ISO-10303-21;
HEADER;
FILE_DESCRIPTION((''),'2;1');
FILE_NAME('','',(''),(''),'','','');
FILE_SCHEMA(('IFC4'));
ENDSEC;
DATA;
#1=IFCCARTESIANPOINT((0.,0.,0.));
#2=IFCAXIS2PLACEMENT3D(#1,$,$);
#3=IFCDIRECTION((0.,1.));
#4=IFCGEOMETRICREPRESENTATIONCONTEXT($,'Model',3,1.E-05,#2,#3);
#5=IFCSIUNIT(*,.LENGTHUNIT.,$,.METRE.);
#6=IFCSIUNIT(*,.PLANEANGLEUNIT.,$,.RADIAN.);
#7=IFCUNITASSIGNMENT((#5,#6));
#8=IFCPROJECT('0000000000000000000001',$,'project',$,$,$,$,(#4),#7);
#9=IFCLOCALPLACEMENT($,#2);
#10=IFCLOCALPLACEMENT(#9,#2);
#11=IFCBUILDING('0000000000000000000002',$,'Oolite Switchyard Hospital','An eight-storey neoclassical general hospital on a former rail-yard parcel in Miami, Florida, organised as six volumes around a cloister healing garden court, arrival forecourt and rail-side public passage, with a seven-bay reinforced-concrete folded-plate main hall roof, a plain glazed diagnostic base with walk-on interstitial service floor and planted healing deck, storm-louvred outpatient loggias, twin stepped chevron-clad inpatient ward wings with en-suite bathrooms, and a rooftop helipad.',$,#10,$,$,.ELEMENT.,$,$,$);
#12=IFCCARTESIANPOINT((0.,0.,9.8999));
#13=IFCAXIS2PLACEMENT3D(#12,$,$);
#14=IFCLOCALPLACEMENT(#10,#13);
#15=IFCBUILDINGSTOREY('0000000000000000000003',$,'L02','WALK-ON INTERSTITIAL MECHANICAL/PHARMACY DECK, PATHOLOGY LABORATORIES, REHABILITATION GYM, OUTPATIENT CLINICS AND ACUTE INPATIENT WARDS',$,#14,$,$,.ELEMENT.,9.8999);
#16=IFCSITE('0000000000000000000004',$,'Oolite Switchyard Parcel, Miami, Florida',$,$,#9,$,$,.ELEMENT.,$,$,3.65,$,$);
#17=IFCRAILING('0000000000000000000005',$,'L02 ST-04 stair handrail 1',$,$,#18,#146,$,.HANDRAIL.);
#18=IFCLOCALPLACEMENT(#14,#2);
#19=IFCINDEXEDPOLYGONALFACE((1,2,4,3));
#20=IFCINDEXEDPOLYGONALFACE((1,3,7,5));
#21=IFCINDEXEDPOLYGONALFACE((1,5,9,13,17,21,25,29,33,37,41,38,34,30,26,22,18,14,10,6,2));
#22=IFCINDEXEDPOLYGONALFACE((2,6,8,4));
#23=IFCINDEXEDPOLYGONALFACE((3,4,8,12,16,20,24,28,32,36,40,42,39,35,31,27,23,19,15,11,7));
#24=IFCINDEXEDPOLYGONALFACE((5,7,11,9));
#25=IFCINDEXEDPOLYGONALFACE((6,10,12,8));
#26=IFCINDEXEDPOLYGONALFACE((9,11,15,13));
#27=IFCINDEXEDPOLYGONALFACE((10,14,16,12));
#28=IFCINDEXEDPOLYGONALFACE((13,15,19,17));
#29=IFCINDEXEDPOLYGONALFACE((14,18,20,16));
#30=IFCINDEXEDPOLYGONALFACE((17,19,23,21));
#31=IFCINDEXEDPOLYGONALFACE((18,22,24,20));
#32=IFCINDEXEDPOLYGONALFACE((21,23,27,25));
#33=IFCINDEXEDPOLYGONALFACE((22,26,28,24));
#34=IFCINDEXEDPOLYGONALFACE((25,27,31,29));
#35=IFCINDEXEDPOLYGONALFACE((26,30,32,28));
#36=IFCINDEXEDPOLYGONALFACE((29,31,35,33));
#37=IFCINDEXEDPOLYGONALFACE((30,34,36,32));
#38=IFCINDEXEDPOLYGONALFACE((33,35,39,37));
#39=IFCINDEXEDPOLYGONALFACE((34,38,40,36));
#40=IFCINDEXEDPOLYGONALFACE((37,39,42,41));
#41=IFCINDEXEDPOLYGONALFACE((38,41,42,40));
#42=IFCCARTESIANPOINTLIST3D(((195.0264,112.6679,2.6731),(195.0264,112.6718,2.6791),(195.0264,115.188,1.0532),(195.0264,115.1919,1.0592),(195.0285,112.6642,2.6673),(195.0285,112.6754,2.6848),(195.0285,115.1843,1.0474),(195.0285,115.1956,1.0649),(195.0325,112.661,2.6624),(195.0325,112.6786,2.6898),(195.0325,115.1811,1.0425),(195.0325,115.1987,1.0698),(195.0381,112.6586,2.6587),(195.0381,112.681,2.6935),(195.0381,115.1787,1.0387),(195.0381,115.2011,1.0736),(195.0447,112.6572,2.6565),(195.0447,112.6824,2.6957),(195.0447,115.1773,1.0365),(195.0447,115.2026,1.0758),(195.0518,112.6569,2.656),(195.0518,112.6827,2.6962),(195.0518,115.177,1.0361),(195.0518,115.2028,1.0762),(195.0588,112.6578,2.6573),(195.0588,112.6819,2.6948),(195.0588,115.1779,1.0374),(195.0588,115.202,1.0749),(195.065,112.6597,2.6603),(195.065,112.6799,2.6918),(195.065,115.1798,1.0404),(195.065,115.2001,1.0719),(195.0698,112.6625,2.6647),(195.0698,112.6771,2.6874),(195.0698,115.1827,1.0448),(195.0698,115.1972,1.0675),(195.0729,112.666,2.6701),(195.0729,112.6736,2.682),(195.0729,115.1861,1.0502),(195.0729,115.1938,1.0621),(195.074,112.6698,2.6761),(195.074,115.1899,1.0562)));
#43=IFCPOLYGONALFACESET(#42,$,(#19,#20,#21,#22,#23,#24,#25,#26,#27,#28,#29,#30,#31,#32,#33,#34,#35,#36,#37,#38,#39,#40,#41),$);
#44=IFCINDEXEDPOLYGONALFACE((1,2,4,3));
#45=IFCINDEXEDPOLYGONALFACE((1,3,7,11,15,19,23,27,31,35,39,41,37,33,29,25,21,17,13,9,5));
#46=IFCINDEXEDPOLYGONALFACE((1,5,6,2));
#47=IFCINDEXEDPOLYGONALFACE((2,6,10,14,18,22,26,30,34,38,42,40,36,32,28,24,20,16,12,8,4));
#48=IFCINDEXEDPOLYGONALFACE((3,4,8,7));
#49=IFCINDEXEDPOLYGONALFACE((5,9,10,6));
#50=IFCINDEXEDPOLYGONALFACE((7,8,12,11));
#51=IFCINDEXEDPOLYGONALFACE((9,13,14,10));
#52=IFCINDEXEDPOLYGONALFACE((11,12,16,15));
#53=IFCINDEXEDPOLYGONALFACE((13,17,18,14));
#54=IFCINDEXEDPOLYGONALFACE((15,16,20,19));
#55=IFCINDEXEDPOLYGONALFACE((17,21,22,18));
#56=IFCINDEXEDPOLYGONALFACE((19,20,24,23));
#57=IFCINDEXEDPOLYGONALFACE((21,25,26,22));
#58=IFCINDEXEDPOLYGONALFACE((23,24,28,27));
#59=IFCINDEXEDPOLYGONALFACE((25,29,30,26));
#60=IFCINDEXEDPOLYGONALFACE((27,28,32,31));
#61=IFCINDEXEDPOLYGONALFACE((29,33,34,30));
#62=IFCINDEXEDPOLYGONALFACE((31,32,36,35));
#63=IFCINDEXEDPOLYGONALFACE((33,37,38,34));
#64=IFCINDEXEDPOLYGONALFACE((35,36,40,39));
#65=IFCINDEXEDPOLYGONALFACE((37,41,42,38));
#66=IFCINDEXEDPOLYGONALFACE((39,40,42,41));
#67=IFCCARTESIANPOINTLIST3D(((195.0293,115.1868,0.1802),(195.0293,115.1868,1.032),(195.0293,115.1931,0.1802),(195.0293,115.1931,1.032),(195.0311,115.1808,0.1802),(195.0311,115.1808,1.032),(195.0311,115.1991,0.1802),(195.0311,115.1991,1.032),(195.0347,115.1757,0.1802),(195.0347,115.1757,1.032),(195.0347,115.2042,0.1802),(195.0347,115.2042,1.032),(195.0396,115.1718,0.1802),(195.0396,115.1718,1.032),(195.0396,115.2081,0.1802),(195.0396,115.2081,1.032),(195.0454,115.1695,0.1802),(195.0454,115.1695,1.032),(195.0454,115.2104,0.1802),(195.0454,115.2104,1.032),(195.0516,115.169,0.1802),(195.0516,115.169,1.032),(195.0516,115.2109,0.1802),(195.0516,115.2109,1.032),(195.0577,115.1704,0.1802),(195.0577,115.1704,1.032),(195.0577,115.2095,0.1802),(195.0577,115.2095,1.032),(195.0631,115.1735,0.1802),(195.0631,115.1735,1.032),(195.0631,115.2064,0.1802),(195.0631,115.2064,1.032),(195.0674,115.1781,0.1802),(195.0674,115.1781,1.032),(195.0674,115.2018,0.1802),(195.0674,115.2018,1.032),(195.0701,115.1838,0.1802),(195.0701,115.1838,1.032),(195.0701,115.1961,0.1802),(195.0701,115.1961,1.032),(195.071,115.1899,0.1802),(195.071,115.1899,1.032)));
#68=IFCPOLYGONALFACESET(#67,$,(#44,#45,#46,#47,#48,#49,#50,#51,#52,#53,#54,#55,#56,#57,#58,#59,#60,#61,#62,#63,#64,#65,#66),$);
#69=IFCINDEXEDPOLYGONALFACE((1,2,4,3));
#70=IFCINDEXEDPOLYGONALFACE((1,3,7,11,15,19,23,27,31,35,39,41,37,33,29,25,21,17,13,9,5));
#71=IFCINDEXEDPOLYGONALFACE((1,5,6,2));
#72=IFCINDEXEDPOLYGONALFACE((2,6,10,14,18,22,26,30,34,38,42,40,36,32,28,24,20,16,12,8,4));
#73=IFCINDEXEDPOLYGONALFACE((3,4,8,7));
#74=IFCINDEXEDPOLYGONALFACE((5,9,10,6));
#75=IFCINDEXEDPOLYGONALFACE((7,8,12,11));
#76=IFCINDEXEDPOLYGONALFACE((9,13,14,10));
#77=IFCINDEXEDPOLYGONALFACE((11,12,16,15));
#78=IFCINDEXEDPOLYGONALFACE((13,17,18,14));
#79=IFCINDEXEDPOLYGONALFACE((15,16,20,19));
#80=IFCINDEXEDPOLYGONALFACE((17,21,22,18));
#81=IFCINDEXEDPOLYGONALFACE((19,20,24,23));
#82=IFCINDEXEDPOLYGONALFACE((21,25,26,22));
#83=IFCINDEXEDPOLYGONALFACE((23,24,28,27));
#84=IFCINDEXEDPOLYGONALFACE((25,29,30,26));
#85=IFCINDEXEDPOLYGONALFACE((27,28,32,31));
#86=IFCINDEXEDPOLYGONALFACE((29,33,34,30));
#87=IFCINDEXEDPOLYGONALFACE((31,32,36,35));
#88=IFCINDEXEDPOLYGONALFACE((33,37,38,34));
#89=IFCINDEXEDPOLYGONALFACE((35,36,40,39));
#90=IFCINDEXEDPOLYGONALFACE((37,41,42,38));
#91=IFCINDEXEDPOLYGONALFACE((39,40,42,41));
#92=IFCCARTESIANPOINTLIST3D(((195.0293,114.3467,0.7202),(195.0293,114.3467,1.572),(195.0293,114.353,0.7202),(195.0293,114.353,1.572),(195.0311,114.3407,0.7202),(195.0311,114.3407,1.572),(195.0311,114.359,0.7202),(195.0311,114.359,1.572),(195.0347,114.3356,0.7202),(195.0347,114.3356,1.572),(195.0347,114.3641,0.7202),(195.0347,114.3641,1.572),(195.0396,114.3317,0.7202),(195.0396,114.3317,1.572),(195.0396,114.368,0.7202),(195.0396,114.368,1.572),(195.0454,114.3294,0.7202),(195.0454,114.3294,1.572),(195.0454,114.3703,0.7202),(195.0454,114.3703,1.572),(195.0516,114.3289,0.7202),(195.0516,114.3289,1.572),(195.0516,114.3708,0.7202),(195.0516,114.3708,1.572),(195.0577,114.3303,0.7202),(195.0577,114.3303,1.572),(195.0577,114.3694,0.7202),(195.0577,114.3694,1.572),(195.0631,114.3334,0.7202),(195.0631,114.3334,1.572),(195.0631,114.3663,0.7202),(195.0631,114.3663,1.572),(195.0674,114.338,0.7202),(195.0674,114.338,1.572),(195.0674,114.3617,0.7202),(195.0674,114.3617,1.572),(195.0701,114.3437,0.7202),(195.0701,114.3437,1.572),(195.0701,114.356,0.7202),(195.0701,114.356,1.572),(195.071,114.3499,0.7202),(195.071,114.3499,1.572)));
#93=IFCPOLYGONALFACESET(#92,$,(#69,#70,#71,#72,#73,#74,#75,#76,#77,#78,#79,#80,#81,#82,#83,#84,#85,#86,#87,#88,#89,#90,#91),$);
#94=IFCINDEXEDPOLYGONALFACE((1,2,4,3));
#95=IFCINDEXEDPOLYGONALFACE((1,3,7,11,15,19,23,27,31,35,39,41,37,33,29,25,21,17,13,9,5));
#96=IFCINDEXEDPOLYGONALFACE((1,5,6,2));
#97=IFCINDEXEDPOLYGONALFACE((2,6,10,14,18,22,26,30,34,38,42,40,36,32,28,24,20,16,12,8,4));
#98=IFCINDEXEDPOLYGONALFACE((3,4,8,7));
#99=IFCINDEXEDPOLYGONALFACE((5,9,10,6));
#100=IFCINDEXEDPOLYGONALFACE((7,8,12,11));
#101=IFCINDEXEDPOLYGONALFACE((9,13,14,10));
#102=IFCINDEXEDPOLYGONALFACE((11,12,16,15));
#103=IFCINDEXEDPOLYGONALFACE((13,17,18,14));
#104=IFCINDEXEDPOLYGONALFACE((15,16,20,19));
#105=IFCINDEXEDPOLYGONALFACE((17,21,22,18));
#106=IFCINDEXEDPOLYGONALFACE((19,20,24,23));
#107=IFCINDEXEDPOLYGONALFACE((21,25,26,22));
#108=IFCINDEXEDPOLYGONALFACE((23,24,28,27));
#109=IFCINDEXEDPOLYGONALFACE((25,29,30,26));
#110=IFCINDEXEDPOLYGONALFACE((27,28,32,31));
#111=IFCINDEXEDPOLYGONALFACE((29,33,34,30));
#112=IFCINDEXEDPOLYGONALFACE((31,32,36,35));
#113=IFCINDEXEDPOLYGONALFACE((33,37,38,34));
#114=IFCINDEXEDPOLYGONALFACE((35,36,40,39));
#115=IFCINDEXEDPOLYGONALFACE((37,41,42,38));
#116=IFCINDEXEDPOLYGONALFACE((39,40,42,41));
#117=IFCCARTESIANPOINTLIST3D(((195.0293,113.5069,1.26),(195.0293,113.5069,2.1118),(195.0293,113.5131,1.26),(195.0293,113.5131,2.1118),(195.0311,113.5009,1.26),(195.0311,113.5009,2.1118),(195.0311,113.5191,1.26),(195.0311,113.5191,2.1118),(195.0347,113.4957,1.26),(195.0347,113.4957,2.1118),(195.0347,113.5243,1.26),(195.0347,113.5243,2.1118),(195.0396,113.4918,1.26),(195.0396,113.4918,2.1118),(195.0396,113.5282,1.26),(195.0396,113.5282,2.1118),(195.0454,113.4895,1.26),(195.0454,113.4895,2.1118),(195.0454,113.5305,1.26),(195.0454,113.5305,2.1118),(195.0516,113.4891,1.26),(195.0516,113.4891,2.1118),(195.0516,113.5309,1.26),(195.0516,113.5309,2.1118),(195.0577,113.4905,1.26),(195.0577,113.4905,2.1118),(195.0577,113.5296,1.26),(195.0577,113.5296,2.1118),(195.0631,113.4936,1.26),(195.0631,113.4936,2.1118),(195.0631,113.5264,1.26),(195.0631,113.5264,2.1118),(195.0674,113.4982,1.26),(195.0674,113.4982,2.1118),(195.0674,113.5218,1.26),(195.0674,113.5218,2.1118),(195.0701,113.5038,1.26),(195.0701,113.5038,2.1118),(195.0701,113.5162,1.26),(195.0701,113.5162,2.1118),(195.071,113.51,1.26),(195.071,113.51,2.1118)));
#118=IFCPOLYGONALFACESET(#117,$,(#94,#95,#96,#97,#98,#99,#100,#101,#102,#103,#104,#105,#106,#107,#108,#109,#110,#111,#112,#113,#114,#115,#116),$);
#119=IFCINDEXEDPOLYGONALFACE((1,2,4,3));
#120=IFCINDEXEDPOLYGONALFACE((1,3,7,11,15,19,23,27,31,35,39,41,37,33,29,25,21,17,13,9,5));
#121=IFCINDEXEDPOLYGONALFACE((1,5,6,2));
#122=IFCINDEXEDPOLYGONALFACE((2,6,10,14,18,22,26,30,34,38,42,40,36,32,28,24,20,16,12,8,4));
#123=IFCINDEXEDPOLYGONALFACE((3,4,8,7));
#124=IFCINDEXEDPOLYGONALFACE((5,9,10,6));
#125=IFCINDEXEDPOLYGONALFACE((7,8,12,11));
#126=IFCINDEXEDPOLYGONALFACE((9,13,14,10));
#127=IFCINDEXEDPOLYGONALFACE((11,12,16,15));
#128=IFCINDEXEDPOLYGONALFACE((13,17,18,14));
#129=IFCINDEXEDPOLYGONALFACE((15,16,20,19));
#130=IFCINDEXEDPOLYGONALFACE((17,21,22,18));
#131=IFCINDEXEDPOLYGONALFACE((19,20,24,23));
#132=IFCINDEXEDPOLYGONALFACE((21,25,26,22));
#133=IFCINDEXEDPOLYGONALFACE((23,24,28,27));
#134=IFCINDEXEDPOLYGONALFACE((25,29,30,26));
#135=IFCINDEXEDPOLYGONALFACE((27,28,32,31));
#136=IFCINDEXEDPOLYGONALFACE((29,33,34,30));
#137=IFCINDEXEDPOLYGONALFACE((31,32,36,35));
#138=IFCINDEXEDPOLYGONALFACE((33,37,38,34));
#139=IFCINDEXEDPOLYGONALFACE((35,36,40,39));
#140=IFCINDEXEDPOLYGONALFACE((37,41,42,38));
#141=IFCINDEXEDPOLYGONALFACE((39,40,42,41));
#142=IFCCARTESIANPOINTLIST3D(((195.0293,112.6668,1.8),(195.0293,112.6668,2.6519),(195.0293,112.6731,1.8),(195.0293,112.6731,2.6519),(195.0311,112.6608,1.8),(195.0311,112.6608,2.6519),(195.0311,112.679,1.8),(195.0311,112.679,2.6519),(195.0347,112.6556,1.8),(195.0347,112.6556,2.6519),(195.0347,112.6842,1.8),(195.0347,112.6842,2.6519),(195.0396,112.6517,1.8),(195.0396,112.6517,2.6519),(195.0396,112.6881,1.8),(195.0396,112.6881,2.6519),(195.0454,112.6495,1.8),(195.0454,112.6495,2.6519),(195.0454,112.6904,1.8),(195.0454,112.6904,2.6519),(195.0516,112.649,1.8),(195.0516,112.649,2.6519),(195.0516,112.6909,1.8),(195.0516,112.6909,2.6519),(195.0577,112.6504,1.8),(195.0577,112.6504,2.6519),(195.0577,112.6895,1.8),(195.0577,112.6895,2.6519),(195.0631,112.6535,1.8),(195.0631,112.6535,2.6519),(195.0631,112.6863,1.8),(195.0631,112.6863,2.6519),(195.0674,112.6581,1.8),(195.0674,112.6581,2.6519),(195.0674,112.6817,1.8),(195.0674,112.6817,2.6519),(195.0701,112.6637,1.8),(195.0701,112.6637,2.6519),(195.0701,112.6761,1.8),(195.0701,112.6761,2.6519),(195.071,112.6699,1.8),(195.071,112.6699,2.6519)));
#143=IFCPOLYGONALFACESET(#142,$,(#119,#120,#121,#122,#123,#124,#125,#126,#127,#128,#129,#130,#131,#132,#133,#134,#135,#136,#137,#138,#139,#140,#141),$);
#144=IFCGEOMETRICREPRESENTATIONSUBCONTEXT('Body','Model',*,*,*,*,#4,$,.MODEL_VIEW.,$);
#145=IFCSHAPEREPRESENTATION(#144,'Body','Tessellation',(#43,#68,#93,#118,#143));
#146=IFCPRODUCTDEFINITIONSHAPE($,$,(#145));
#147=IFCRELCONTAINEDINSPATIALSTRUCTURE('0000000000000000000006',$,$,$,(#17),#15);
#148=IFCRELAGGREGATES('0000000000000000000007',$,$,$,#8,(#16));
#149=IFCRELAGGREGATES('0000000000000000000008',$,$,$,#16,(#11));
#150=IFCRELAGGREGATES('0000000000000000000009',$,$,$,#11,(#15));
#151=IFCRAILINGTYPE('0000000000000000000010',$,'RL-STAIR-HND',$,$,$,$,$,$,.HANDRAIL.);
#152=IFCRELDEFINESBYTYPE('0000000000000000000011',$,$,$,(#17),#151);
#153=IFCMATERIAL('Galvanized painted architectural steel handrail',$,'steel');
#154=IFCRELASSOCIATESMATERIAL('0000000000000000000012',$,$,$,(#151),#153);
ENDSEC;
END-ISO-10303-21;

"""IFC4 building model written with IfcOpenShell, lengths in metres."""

from ifc_helpers import new_model, si_unit, direction, frame, origin, origin_2d, place, context, subcontext, project, spatial, circle, extrude, material, type_object, element, save


model = new_model("IFC4")

# Units and contexts
model_context = context("Model", 3, precision=1e-05, world=origin(), true_north=direction((0.0, 1.0)))
body_context = subcontext(model_context, "Body", "Model", "MODEL_VIEW")
ifc_project = project(units=[si_unit("LENGTHUNIT", "METRE"), si_unit("PLANEANGLEUNIT", "RADIAN")], contexts=[model_context])

# Site, building, storey
site_placement = place(None, origin())
site = spatial("IfcSite", under=ifc_project, at=site_placement, Name="Oolite Switchyard Parcel, Miami, Florida", CompositionType="ELEMENT", RefElevation=3.65)
building_placement = place(site_placement, origin())
building = spatial("IfcBuilding", under=site, at=building_placement, Name="Oolite Switchyard Hospital", Description="An eight-storey neoclassical general hospital on a former rail-yard parcel in Miami, Florida, organised as six volumes around a cloister healing garden court, arrival forecourt and rail-side public passage, with a seven-bay reinforced-concrete folded-plate main hall roof, a plain glazed diagnostic base with walk-on interstitial service floor and planted healing deck, storm-louvred outpatient loggias, twin stepped chevron-clad inpatient ward wings with en-suite bathrooms, and a rooftop helipad.", CompositionType="ELEMENT")
storey_placement = place(building_placement, frame((0.0, 0.0, 9.8999)))
storey = spatial("IfcBuildingStorey", under=building, at=storey_placement, Name="L02", Description="WALK-ON INTERSTITIAL MECHANICAL/PHARMACY DECK, PATHOLOGY LABORATORIES, REHABILITATION GYM, OUTPATIENT CLINICS AND ACUTE INPATIENT WARDS", CompositionType="ELEMENT", Elevation=9.8999)

# Railing
ifc_material_1 = material(Name="Galvanized painted architectural steel handrail", Category="steel")
railing_type_1 = type_object("IfcRailingType", Name="RL-STAIR-HND", PredefinedType="HANDRAIL", material=ifc_material_1)
railing_1_placement = place(storey_placement, frame((195.05, 115.1899, 0.1802)))
element("IfcRailing", 1, at=railing_1_placement, inside=storey, type_object=railing_type_1, Name="L02 ST-04 stair handrail 1", PredefinedType="HANDRAIL", context=body_context, shape_type="SweptSolid", body=[
    extrude(circle(Radius=0.0239, at=origin_2d()), frame((0.0, 0.0, 0.876), z_axis=(0.0, -0.8412, 0.540725), x_axis=(1.0, 0.0, 0.0)), (0.0, 0.0, 1.0), 2.9958),
    extrude(circle(Radius=0.021, at=origin_2d()), origin(), (0.0, 0.0, 1.0), 0.8518),
    extrude(circle(Radius=0.021, at=origin_2d()), frame((0.0, -0.8401, 0.54)), (0.0, 0.0, 1.0), 0.8518),
    extrude(circle(Radius=0.021, at=origin_2d()), frame((0.0, -1.6799, 1.0798)), (0.0, 0.0, 1.0), 0.8518),
    extrude(circle(Radius=0.021, at=origin_2d()), frame((0.0, -2.52, 1.6199)), (0.0, 0.0, 1.0), 0.8518),
])

save(model, "model.ifc")
